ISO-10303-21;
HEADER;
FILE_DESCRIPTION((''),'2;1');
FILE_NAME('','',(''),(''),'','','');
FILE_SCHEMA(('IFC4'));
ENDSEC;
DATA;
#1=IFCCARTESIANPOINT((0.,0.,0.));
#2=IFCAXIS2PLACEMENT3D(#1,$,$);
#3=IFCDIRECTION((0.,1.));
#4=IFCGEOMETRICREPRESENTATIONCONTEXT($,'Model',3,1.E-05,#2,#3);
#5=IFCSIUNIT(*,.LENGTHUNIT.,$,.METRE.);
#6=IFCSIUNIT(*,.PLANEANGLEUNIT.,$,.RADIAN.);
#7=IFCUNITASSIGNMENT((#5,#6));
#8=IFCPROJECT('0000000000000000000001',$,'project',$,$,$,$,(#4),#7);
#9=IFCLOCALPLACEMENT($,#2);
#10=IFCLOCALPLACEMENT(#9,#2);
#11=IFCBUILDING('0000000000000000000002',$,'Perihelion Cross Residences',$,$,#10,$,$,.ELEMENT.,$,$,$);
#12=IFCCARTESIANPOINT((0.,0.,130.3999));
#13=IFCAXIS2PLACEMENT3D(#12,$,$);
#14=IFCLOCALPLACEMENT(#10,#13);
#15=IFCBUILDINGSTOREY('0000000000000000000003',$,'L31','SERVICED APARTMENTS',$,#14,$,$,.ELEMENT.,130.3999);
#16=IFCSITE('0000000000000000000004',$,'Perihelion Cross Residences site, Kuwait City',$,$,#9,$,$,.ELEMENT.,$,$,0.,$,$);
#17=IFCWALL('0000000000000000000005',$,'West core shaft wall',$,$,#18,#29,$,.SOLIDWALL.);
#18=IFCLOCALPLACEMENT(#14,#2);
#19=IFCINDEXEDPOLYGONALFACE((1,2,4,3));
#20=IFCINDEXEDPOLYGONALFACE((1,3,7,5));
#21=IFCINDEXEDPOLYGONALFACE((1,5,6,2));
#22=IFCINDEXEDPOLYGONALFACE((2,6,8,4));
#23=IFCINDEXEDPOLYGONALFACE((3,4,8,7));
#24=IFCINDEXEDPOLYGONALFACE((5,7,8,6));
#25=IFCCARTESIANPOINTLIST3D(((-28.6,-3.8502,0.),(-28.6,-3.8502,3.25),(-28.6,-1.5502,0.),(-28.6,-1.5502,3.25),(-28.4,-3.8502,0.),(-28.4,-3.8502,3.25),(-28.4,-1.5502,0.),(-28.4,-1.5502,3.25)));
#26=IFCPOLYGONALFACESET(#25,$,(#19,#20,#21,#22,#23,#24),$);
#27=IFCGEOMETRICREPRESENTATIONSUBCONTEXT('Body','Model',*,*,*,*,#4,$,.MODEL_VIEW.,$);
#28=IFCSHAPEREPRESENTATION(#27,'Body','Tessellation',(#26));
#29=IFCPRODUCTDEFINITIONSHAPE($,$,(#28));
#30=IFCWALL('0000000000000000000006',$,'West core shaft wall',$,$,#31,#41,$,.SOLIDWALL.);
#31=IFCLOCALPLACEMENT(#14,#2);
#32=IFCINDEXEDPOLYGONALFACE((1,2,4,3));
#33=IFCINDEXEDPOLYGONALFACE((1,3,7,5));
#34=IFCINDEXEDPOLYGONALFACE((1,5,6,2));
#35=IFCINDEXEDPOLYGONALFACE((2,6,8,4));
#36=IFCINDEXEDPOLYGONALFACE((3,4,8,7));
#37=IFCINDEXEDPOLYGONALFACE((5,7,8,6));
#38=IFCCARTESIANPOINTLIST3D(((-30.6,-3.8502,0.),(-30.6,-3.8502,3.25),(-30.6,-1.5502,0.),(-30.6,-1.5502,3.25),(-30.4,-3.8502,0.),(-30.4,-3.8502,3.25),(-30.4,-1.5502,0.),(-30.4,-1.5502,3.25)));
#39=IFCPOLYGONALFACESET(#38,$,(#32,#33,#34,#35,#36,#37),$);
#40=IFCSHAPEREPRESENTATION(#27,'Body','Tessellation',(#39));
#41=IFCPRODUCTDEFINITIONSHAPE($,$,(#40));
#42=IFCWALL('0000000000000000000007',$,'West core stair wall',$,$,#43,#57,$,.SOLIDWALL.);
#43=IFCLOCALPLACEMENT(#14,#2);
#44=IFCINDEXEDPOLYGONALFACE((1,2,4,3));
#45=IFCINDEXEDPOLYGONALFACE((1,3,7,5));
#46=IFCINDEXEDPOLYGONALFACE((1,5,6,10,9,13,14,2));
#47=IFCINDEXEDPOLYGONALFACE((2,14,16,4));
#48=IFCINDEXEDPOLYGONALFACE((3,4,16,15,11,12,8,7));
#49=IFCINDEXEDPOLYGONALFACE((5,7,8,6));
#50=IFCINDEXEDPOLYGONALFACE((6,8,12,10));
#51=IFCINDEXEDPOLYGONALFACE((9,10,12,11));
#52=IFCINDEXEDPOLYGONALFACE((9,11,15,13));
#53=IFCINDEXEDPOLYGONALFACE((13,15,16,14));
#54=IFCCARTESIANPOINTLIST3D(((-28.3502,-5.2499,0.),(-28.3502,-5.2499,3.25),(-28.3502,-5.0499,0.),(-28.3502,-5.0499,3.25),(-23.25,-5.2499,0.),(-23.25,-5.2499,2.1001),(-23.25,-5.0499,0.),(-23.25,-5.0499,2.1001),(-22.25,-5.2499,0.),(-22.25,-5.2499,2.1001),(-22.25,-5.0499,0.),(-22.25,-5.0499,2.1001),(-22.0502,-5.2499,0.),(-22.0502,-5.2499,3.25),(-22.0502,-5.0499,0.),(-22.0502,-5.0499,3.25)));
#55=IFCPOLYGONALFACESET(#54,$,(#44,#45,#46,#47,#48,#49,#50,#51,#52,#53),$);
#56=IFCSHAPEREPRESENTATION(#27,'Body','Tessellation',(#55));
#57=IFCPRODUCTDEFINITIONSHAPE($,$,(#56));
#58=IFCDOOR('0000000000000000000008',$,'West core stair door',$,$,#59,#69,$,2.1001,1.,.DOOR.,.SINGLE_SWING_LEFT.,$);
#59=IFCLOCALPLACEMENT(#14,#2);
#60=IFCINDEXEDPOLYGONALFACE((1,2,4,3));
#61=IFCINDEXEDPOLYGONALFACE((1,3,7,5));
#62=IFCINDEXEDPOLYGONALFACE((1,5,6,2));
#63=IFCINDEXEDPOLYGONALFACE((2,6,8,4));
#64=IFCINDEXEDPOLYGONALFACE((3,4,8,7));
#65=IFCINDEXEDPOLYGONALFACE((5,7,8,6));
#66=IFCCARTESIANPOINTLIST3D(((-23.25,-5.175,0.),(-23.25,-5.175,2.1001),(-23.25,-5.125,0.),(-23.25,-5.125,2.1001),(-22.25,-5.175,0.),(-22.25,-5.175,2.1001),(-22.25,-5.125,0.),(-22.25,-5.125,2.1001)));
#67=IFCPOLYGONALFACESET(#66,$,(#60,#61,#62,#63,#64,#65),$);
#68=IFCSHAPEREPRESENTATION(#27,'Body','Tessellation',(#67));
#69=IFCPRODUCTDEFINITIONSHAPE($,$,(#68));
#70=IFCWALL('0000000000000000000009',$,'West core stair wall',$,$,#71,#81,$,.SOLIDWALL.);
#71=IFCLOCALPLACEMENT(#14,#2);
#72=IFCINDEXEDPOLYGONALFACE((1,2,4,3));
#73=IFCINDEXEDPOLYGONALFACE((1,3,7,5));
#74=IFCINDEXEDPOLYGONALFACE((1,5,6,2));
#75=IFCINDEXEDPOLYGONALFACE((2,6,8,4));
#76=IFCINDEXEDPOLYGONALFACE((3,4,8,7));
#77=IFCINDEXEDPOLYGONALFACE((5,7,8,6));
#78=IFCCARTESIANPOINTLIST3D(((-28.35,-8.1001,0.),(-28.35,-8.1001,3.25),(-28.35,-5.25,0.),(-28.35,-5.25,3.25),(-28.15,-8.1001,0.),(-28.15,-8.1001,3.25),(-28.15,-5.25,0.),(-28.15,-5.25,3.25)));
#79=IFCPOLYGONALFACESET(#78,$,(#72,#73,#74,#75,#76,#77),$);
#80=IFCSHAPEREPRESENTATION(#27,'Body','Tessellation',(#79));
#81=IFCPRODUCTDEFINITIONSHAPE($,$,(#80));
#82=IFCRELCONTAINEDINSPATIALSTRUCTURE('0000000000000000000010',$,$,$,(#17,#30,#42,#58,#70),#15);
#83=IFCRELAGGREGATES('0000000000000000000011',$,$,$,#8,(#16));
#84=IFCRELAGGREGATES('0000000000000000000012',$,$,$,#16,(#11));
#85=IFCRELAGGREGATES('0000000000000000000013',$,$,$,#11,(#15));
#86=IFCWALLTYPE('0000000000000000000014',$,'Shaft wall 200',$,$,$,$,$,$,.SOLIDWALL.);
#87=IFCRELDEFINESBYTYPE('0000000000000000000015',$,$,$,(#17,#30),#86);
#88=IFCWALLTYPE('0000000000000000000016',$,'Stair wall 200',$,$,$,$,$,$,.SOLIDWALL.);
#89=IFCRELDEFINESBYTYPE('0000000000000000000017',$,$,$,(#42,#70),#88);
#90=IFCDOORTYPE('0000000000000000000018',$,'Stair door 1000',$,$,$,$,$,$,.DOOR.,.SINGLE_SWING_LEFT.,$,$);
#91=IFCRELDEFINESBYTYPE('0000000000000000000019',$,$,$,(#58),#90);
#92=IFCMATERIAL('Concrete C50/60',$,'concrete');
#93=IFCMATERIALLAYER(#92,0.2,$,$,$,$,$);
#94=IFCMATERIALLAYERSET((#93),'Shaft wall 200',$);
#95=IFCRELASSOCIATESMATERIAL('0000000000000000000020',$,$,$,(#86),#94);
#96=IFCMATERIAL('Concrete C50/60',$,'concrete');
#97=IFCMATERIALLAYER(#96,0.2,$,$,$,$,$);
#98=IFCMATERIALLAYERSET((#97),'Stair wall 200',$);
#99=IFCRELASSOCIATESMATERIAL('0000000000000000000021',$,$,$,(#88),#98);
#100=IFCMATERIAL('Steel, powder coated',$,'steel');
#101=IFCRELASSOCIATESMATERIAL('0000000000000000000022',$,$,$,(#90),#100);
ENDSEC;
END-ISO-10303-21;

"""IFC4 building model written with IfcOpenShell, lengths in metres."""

from ifc_helpers import new_model, si_unit, direction, frame, frame_2d, origin, place, context, subcontext, project, spatial, rectangle, extrude, material, layer, layer_set, type_object, element, fill, save


model = new_model("IFC4")

# Units and contexts
model_context = context("Model", 3, precision=1e-05, world=origin(), true_north=direction((0.0, 1.0)))
body_context = subcontext(model_context, "Body", "Model", "MODEL_VIEW")
ifc_project = project(units=[si_unit("LENGTHUNIT", "METRE"), si_unit("PLANEANGLEUNIT", "RADIAN")], contexts=[model_context])

# Site, building, storey
site_placement = place(None, origin())
site = spatial("IfcSite", under=ifc_project, at=site_placement, Name="Perihelion Cross Residences site, Kuwait City", CompositionType="ELEMENT", RefElevation=0.0)
building_placement = place(site_placement, origin())
building = spatial("IfcBuilding", under=site, at=building_placement, Name="Perihelion Cross Residences", CompositionType="ELEMENT")
storey_placement = place(building_placement, frame((0.0, 0.0, 130.3999)))
storey = spatial("IfcBuildingStorey", under=building, at=storey_placement, Name="L31", Description="SERVICED APARTMENTS", CompositionType="ELEMENT", Elevation=130.3999)

# Shared definitions
ifc_material_1 = material(Name="Concrete C50/60", Category="concrete")
ifc_layer_1 = layer(ifc_material_1, 0.2)
ifc_layer_set_1 = layer_set([ifc_layer_1], Name="Shaft wall 200")
wall_type_1 = type_object("IfcWallType", Name="Shaft wall 200", PredefinedType="SOLIDWALL", material=ifc_layer_set_1)

# Walls
for number, where, z_axis, x_axis, name in (
    (1, (-28.5, -3.8501, 0.0), (0.0, 0.0, 1.0), (0.0, 1.0, 0.0), "West core shaft wall"),
    (2, (-30.5, -3.8501, 0.0), (0.0, 0.0, 1.0), (0.0, 1.0, 0.0), "West core shaft wall"),
):
    element("IfcWall", number, at=place(storey_placement, frame(where, z_axis=z_axis, x_axis=x_axis)), inside=storey, type_object=wall_type_1, Name=name, PredefinedType="SOLIDWALL", context=body_context, shape_type="SweptSolid", body=[
        extrude(rectangle(XDim=2.3, YDim=0.2, at=frame_2d((1.1499, 0.0))), origin(), (0.0, 0.0, 1.0), 3.25),
    ])

# Wall, opening, door
ifc_material_2 = material(Name="Concrete C50/60", Category="concrete")
ifc_layer_2 = layer(ifc_material_2, 0.2)
ifc_layer_set_2 = layer_set([ifc_layer_2], Name="Stair wall 200")
wall_type_2 = type_object("IfcWallType", Name="Stair wall 200", PredefinedType="SOLIDWALL", material=ifc_layer_set_2)
wall_1_placement = place(storey_placement, frame((-28.3501, -5.1499, 0.0), z_axis=(0.0, 0.0, 1.0), x_axis=(1.0, 0.0, 0.0)))
wall_1 = element("IfcWall", 3, at=wall_1_placement, inside=storey, type_object=wall_type_2, Name="West core stair wall", PredefinedType="SOLIDWALL", context=body_context, shape_type="SweptSolid", body=[
    extrude(rectangle(XDim=6.3, YDim=0.2, at=frame_2d((3.1499, 0.0))), origin(), (0.0, 0.0, 1.0), 3.25),
])
opening_1_placement = place(wall_1_placement, frame((5.1001, 0.0, 0.0)))
opening_1 = element("IfcOpeningElement", 4, at=opening_1_placement, cuts=wall_1, PredefinedType="OPENING", context=body_context, shape_type="SweptSolid", body=[
    extrude(rectangle(XDim=1.0, YDim=2.1001, at=frame_2d((0.5, 1.05))), frame((0.0, 0.1099, 0.0), z_axis=(0.0, -1.0, 0.0), x_axis=(1.0, 0.0, 0.0)), (0.0, 0.0, 1.0), 0.22),
])
ifc_material_3 = material(Name="Steel, powder coated", Category="steel")
door_type_1 = type_object("IfcDoorType", Name="Stair door 1000", OperationType="SINGLE_SWING_LEFT", PredefinedType="DOOR", material=ifc_material_3)
door_1_placement = place(opening_1_placement, origin())
door_1 = element("IfcDoor", 5, at=door_1_placement, inside=storey, type_object=door_type_1, Name="West core stair door", OperationType="SINGLE_SWING_LEFT", OverallHeight=2.1001, OverallWidth=1.0, PredefinedType="DOOR", context=body_context, shape_type="SweptSolid", body=[
    extrude(rectangle(XDim=1.0, YDim=2.1001, at=frame_2d((0.5, 1.05))), frame((0.0, 0.0249, 0.0), z_axis=(0.0, -1.0, 0.0), x_axis=(1.0, 0.0, 0.0)), (0.0, 0.0, 1.0), 0.05),
])
fill(opening_1, door_1)

# Wall
wall_2_placement = place(storey_placement, frame((-28.25, -8.1001, 0.0), z_axis=(0.0, 0.0, 1.0), x_axis=(0.0, 1.0, 0.0)))
element("IfcWall", 6, at=wall_2_placement, inside=storey, type_object=wall_type_2, Name="West core stair wall", PredefinedType="SOLIDWALL", context=body_context, shape_type="SweptSolid", body=[
    extrude(rectangle(XDim=2.8501, YDim=0.2, at=frame_2d((1.425, 0.0))), origin(), (0.0, 0.0, 1.0), 3.25),
])

save(model, "model.ifc")
